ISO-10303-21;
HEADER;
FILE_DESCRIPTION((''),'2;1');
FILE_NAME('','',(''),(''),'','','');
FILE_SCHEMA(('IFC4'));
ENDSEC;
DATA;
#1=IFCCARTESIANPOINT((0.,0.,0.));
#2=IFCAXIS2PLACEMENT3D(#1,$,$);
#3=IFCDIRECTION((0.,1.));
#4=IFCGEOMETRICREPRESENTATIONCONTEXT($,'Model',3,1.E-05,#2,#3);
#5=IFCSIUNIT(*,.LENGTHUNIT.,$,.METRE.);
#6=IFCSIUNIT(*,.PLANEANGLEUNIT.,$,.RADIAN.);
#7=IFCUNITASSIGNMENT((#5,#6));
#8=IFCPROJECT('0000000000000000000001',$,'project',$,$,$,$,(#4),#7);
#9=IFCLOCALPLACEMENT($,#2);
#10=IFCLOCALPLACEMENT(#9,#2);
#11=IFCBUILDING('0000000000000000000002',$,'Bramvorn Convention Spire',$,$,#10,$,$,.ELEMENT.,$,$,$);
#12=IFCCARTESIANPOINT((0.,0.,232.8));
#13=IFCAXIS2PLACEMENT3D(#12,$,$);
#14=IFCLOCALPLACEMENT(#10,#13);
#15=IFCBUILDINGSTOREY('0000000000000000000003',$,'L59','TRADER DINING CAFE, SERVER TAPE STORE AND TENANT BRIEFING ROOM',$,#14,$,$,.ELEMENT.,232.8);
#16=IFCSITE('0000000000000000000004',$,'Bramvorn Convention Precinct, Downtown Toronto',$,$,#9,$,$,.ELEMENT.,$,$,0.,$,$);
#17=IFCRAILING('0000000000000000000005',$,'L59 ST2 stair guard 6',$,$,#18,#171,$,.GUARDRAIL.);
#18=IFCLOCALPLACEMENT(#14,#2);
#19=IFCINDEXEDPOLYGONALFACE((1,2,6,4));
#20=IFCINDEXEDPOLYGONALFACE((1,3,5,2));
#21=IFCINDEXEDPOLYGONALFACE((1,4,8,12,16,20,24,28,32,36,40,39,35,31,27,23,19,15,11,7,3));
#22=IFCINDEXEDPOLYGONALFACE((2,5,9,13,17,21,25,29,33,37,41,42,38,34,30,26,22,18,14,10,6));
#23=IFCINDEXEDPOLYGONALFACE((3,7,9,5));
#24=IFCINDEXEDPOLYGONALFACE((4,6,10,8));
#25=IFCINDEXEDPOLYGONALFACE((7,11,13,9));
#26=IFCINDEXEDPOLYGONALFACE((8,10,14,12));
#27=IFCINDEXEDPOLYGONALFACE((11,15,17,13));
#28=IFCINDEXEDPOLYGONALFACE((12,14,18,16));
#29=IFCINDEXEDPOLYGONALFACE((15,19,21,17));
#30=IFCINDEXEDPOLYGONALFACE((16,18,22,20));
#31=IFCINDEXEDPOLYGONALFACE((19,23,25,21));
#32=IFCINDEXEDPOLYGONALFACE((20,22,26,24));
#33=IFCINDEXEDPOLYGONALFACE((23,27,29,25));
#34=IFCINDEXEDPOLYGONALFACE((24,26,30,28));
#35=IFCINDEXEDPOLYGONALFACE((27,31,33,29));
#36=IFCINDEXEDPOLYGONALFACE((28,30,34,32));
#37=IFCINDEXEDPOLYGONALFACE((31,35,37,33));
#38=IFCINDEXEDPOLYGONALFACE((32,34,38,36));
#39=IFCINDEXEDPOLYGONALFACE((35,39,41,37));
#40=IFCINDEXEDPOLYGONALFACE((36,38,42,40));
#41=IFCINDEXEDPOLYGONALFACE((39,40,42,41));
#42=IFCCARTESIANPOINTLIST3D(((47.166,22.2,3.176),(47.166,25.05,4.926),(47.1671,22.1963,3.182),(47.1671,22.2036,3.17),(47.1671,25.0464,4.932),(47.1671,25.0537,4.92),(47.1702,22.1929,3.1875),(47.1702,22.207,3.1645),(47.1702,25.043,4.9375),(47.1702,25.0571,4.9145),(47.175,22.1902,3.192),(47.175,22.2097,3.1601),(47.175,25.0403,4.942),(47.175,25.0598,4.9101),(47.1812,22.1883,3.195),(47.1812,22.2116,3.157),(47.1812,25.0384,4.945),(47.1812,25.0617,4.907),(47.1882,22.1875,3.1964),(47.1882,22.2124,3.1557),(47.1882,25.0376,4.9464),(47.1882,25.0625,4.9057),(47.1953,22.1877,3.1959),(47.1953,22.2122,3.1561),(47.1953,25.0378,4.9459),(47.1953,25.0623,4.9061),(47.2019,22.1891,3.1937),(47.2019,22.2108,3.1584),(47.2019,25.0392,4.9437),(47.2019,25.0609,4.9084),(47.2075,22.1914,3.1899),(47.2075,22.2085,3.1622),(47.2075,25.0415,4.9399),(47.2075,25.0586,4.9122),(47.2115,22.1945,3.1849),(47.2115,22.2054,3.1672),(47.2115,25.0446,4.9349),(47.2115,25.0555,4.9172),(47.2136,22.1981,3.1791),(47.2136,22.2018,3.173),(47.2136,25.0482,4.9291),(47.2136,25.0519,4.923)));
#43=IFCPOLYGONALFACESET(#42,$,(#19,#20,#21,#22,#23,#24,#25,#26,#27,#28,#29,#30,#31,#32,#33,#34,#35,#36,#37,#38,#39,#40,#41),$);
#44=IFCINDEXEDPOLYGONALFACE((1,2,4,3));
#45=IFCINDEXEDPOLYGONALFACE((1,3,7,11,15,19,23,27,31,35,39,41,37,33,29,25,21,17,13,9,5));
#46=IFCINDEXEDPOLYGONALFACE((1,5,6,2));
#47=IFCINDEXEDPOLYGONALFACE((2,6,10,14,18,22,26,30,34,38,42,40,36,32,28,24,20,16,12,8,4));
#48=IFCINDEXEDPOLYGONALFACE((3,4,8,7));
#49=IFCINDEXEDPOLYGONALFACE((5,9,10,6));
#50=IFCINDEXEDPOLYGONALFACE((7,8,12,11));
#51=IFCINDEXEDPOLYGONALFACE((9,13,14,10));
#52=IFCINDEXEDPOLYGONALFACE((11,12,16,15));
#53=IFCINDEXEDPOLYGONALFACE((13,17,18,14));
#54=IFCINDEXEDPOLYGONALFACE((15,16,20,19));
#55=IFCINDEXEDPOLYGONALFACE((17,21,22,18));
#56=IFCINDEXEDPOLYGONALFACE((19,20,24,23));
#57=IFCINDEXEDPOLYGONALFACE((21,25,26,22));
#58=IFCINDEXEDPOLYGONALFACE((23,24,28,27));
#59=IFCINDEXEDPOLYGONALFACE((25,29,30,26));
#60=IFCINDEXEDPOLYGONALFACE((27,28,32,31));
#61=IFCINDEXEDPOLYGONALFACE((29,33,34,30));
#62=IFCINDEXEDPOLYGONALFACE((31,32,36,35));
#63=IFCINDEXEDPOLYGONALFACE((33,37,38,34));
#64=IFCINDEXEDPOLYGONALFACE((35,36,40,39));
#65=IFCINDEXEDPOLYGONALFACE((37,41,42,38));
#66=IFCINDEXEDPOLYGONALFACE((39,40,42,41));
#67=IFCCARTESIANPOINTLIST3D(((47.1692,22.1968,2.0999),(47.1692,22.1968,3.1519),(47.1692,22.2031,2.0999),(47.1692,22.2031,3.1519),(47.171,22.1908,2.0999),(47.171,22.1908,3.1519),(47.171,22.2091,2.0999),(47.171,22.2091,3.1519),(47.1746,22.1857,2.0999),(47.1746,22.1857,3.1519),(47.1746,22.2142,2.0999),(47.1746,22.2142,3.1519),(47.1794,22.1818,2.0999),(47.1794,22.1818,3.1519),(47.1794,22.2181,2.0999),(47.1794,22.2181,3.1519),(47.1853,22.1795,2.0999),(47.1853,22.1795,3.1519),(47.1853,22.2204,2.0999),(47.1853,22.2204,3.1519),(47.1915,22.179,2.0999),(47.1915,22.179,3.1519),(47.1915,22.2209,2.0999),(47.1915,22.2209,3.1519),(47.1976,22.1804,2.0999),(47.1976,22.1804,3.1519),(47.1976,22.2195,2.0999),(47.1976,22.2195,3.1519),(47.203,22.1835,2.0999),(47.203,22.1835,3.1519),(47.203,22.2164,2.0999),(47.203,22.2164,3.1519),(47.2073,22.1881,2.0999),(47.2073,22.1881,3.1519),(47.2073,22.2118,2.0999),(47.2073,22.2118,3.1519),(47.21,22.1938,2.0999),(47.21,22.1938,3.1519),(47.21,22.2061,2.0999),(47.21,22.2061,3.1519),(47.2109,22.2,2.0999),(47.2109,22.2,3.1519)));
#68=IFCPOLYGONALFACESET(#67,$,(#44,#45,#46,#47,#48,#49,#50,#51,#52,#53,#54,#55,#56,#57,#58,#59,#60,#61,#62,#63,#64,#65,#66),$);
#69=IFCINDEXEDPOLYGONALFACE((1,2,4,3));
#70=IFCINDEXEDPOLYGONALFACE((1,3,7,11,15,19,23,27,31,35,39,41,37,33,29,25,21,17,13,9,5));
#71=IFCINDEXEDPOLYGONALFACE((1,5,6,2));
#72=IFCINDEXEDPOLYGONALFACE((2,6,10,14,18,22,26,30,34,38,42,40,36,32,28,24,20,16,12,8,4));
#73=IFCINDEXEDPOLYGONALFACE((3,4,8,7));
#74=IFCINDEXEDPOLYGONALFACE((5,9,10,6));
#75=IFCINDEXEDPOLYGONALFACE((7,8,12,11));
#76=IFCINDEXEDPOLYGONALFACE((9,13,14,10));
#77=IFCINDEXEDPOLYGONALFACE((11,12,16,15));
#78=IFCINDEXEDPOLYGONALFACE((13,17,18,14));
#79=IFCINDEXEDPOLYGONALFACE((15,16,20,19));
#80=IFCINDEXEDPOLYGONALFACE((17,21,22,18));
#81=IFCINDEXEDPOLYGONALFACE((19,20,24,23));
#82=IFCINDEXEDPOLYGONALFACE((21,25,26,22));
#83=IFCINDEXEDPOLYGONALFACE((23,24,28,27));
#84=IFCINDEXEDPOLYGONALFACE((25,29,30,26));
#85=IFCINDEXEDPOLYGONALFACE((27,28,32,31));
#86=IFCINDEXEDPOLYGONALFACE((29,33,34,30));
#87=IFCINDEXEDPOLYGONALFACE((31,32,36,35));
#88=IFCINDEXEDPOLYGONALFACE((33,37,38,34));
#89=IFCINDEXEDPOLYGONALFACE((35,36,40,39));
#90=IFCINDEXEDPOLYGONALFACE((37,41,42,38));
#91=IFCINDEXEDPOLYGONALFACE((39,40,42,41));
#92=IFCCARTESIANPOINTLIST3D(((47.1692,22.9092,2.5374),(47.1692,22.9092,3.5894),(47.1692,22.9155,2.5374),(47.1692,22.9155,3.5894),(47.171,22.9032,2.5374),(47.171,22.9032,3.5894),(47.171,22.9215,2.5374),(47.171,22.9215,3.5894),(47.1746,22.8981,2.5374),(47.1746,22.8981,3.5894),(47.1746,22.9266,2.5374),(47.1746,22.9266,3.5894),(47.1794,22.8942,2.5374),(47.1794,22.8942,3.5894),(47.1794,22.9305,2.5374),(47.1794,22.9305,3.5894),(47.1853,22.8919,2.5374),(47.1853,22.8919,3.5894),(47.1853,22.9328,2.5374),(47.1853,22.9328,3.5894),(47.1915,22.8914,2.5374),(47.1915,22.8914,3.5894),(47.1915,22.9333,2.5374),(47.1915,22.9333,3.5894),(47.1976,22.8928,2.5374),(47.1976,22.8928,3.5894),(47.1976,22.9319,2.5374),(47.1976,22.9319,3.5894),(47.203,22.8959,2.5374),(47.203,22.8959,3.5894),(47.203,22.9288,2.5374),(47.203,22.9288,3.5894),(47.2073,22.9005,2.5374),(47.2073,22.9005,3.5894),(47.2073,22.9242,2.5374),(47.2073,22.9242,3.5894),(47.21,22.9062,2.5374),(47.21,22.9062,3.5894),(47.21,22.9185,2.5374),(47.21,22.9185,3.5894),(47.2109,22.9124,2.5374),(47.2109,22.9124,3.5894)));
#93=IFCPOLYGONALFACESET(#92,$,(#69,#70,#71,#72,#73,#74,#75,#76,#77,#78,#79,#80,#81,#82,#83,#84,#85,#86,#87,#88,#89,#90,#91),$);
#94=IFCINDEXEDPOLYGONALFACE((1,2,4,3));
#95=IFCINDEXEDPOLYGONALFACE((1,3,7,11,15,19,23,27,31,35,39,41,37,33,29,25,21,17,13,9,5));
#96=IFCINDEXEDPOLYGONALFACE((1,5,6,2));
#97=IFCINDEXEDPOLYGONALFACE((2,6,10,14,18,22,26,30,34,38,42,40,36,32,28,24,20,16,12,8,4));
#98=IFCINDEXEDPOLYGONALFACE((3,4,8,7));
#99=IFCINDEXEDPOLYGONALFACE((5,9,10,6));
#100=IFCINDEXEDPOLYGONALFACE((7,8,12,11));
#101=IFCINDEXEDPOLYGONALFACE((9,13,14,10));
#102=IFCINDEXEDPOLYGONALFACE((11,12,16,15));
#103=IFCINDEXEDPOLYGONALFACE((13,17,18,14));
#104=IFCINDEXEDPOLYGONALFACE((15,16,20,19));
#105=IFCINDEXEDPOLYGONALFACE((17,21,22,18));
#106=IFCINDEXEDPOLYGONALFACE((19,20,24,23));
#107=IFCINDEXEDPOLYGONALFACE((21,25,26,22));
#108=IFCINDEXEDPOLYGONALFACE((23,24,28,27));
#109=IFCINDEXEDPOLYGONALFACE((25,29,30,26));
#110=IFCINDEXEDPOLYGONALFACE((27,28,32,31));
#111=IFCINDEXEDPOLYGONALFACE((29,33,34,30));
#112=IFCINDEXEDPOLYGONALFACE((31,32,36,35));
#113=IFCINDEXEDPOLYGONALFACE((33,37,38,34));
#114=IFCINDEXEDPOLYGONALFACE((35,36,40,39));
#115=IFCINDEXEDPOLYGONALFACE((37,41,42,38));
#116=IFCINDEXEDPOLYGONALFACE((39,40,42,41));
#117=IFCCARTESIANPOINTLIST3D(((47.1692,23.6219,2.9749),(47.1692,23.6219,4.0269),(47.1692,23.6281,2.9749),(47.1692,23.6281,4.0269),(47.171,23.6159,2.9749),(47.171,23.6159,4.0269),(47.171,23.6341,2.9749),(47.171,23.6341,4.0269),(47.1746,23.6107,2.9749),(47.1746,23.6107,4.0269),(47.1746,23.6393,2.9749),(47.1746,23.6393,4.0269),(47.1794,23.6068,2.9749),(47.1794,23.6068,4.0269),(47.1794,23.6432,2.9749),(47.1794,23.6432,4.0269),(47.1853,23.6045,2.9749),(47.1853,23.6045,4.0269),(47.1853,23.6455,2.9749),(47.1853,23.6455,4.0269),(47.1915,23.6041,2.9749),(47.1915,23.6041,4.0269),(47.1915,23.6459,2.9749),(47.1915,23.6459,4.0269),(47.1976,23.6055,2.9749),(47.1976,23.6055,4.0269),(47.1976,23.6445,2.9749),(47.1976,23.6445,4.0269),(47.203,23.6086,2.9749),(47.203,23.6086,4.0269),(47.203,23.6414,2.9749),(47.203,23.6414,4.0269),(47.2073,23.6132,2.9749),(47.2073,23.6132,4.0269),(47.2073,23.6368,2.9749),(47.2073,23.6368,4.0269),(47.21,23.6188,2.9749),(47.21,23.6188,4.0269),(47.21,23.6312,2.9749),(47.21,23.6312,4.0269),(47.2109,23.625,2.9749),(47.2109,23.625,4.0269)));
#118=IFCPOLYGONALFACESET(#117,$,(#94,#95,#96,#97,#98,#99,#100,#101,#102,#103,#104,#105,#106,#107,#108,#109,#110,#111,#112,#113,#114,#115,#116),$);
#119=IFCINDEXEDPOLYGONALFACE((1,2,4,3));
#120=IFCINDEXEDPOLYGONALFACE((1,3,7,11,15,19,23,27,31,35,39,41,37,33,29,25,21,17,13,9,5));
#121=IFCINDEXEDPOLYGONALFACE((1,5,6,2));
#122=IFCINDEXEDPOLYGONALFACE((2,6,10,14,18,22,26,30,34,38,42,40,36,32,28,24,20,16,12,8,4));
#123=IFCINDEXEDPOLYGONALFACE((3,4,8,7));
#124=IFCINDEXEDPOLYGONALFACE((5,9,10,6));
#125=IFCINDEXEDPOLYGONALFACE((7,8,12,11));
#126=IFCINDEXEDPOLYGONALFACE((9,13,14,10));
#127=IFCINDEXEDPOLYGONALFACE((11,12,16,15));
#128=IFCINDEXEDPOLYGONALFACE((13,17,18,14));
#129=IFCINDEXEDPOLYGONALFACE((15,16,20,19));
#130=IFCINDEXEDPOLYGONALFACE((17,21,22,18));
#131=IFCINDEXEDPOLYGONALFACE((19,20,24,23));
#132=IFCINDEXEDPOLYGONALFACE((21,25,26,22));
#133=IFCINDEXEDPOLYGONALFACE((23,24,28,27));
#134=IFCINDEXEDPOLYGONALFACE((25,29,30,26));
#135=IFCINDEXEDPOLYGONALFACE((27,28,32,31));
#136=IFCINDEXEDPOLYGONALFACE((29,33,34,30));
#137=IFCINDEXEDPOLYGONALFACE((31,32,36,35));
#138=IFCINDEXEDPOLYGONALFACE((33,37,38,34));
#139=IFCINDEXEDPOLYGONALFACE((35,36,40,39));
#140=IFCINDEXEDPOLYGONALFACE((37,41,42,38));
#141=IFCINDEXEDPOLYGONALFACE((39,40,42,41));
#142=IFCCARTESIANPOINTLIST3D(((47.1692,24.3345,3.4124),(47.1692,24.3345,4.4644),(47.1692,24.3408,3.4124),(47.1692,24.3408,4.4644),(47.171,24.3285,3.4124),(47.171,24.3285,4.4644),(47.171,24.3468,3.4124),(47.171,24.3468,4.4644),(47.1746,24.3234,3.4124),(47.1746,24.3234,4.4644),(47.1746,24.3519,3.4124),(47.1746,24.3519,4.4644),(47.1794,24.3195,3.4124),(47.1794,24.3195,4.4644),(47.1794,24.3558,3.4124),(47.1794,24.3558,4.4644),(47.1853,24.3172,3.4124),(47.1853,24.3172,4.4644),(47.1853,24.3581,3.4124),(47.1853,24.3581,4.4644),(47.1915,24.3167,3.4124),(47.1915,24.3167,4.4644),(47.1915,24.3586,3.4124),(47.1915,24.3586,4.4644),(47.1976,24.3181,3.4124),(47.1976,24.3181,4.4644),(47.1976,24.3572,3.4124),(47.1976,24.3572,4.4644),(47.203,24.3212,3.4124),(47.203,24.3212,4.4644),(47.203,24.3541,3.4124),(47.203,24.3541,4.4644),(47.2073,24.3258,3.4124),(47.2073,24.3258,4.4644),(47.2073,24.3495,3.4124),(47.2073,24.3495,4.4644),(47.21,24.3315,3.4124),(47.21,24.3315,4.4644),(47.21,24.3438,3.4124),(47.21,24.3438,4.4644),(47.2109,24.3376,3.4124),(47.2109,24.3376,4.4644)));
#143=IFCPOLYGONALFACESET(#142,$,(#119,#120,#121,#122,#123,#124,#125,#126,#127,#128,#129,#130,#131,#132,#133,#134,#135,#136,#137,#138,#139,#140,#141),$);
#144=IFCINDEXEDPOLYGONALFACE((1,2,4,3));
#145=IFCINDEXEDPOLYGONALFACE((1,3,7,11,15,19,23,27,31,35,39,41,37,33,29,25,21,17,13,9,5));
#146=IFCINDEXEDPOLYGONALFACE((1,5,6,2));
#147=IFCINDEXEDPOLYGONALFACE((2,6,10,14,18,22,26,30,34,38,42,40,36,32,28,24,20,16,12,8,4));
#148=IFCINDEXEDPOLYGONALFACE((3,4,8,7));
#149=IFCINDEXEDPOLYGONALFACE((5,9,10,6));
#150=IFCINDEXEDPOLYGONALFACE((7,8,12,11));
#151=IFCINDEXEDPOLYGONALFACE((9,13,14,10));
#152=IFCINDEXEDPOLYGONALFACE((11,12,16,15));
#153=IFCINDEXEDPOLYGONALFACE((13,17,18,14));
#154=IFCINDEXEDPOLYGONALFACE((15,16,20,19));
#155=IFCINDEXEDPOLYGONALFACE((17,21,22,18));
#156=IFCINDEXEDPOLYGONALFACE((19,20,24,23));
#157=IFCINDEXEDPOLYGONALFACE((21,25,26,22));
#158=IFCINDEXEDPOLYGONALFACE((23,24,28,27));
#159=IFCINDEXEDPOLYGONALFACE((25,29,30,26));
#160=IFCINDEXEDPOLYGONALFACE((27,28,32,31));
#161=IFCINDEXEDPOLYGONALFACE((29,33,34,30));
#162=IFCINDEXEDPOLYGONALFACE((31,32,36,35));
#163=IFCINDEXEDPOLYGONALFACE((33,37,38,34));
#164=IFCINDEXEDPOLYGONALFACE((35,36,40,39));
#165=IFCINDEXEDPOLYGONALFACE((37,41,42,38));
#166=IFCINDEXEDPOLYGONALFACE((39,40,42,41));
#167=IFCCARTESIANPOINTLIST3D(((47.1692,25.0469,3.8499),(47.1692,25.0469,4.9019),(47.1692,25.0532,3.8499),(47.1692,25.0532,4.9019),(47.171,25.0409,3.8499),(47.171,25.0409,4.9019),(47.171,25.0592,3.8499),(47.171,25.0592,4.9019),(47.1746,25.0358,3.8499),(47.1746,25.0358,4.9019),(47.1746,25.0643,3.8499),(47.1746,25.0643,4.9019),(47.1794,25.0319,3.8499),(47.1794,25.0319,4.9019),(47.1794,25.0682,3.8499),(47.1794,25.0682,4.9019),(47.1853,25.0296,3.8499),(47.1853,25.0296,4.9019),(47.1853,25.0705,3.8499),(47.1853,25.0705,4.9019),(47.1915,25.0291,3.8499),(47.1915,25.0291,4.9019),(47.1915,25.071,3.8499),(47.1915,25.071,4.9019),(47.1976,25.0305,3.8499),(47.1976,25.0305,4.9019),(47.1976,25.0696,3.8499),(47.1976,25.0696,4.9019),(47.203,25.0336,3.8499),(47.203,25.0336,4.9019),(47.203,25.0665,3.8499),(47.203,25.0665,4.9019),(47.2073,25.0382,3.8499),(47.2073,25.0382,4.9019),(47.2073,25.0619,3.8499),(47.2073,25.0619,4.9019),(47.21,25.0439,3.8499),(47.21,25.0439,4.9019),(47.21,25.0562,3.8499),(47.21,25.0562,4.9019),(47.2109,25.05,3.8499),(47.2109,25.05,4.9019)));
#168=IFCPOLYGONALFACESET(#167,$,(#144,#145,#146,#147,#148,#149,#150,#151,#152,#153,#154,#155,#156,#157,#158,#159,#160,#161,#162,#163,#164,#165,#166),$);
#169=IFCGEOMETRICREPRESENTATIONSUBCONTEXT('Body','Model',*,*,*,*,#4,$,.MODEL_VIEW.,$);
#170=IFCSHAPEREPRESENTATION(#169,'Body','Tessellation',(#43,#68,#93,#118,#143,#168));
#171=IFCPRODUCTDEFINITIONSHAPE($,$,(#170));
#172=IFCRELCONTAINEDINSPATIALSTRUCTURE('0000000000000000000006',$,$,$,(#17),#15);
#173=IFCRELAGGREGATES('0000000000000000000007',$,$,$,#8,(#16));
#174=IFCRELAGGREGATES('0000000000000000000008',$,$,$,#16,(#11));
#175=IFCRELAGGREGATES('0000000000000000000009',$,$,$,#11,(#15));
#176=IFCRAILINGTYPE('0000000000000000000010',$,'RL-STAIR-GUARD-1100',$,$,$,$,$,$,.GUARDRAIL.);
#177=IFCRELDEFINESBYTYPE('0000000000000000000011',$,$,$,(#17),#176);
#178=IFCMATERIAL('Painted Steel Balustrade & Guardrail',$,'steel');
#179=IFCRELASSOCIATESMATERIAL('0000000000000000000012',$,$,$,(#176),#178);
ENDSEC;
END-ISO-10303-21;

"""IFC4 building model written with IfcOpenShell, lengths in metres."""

from ifc_helpers import new_model, si_unit, direction, frame, origin, origin_2d, place, context, subcontext, project, spatial, circle, extrude, material, type_object, element, save


model = new_model("IFC4")

# Units and contexts
model_context = context("Model", 3, precision=1e-05, world=origin(), true_north=direction((0.0, 1.0)))
body_context = subcontext(model_context, "Body", "Model", "MODEL_VIEW")
ifc_project = project(units=[si_unit("LENGTHUNIT", "METRE"), si_unit("PLANEANGLEUNIT", "RADIAN")], contexts=[model_context])

# Site, building, storey
site_placement = place(None, origin())
site = spatial("IfcSite", under=ifc_project, at=site_placement, Name="Bramvorn Convention Precinct, Downtown Toronto", CompositionType="ELEMENT", RefElevation=0.0)
building_placement = place(site_placement, origin())
building = spatial("IfcBuilding", under=site, at=building_placement, Name="Bramvorn Convention Spire", CompositionType="ELEMENT")
storey_placement = place(building_placement, frame((0.0, 0.0, 232.8)))
storey = spatial("IfcBuildingStorey", under=building, at=storey_placement, Name="L59", Description="TRADER DINING CAFE, SERVER TAPE STORE AND TENANT BRIEFING ROOM", CompositionType="ELEMENT", Elevation=232.8)

# Railing
ifc_material_1 = material(Name="Painted Steel Balustrade & Guardrail", Category="steel")
railing_type = type_object("IfcRailingType", Name="RL-STAIR-GUARD-1100", PredefinedType="GUARDRAIL", material=ifc_material_1)
railing_1_placement = place(storey_placement, frame((47.1899, 22.2, 2.0999)))
element("IfcRailing", 1, at=railing_1_placement, inside=storey, type_object=railing_type, Name="L59 ST2 stair guard 6", PredefinedType="GUARDRAIL", context=body_context, shape_type="SweptSolid", body=[
    extrude(circle(Radius=0.0239, at=origin_2d()), frame((0.0, 0.0, 1.0762), z_axis=(0.0, 0.852179, 0.52325), x_axis=(-1.0, 0.0, 0.0)), (0.0, 0.0, 1.0), 3.3445),
    extrude(circle(Radius=0.021, at=origin_2d()), origin(), (0.0, 0.0, 1.0), 1.052),
    extrude(circle(Radius=0.021, at=origin_2d()), frame((0.0, 0.7124, 0.4375)), (0.0, 0.0, 1.0), 1.052),
    extrude(circle(Radius=0.021, at=origin_2d()), frame((0.0, 1.425, 0.875)), (0.0, 0.0, 1.0), 1.052),
    extrude(circle(Radius=0.021, at=origin_2d()), frame((0.0, 2.1377, 1.3125)), (0.0, 0.0, 1.0), 1.052),
    extrude(circle(Radius=0.021, at=origin_2d()), frame((0.0, 2.8501, 1.75)), (0.0, 0.0, 1.0), 1.052),
])

save(model, "model.ifc")
